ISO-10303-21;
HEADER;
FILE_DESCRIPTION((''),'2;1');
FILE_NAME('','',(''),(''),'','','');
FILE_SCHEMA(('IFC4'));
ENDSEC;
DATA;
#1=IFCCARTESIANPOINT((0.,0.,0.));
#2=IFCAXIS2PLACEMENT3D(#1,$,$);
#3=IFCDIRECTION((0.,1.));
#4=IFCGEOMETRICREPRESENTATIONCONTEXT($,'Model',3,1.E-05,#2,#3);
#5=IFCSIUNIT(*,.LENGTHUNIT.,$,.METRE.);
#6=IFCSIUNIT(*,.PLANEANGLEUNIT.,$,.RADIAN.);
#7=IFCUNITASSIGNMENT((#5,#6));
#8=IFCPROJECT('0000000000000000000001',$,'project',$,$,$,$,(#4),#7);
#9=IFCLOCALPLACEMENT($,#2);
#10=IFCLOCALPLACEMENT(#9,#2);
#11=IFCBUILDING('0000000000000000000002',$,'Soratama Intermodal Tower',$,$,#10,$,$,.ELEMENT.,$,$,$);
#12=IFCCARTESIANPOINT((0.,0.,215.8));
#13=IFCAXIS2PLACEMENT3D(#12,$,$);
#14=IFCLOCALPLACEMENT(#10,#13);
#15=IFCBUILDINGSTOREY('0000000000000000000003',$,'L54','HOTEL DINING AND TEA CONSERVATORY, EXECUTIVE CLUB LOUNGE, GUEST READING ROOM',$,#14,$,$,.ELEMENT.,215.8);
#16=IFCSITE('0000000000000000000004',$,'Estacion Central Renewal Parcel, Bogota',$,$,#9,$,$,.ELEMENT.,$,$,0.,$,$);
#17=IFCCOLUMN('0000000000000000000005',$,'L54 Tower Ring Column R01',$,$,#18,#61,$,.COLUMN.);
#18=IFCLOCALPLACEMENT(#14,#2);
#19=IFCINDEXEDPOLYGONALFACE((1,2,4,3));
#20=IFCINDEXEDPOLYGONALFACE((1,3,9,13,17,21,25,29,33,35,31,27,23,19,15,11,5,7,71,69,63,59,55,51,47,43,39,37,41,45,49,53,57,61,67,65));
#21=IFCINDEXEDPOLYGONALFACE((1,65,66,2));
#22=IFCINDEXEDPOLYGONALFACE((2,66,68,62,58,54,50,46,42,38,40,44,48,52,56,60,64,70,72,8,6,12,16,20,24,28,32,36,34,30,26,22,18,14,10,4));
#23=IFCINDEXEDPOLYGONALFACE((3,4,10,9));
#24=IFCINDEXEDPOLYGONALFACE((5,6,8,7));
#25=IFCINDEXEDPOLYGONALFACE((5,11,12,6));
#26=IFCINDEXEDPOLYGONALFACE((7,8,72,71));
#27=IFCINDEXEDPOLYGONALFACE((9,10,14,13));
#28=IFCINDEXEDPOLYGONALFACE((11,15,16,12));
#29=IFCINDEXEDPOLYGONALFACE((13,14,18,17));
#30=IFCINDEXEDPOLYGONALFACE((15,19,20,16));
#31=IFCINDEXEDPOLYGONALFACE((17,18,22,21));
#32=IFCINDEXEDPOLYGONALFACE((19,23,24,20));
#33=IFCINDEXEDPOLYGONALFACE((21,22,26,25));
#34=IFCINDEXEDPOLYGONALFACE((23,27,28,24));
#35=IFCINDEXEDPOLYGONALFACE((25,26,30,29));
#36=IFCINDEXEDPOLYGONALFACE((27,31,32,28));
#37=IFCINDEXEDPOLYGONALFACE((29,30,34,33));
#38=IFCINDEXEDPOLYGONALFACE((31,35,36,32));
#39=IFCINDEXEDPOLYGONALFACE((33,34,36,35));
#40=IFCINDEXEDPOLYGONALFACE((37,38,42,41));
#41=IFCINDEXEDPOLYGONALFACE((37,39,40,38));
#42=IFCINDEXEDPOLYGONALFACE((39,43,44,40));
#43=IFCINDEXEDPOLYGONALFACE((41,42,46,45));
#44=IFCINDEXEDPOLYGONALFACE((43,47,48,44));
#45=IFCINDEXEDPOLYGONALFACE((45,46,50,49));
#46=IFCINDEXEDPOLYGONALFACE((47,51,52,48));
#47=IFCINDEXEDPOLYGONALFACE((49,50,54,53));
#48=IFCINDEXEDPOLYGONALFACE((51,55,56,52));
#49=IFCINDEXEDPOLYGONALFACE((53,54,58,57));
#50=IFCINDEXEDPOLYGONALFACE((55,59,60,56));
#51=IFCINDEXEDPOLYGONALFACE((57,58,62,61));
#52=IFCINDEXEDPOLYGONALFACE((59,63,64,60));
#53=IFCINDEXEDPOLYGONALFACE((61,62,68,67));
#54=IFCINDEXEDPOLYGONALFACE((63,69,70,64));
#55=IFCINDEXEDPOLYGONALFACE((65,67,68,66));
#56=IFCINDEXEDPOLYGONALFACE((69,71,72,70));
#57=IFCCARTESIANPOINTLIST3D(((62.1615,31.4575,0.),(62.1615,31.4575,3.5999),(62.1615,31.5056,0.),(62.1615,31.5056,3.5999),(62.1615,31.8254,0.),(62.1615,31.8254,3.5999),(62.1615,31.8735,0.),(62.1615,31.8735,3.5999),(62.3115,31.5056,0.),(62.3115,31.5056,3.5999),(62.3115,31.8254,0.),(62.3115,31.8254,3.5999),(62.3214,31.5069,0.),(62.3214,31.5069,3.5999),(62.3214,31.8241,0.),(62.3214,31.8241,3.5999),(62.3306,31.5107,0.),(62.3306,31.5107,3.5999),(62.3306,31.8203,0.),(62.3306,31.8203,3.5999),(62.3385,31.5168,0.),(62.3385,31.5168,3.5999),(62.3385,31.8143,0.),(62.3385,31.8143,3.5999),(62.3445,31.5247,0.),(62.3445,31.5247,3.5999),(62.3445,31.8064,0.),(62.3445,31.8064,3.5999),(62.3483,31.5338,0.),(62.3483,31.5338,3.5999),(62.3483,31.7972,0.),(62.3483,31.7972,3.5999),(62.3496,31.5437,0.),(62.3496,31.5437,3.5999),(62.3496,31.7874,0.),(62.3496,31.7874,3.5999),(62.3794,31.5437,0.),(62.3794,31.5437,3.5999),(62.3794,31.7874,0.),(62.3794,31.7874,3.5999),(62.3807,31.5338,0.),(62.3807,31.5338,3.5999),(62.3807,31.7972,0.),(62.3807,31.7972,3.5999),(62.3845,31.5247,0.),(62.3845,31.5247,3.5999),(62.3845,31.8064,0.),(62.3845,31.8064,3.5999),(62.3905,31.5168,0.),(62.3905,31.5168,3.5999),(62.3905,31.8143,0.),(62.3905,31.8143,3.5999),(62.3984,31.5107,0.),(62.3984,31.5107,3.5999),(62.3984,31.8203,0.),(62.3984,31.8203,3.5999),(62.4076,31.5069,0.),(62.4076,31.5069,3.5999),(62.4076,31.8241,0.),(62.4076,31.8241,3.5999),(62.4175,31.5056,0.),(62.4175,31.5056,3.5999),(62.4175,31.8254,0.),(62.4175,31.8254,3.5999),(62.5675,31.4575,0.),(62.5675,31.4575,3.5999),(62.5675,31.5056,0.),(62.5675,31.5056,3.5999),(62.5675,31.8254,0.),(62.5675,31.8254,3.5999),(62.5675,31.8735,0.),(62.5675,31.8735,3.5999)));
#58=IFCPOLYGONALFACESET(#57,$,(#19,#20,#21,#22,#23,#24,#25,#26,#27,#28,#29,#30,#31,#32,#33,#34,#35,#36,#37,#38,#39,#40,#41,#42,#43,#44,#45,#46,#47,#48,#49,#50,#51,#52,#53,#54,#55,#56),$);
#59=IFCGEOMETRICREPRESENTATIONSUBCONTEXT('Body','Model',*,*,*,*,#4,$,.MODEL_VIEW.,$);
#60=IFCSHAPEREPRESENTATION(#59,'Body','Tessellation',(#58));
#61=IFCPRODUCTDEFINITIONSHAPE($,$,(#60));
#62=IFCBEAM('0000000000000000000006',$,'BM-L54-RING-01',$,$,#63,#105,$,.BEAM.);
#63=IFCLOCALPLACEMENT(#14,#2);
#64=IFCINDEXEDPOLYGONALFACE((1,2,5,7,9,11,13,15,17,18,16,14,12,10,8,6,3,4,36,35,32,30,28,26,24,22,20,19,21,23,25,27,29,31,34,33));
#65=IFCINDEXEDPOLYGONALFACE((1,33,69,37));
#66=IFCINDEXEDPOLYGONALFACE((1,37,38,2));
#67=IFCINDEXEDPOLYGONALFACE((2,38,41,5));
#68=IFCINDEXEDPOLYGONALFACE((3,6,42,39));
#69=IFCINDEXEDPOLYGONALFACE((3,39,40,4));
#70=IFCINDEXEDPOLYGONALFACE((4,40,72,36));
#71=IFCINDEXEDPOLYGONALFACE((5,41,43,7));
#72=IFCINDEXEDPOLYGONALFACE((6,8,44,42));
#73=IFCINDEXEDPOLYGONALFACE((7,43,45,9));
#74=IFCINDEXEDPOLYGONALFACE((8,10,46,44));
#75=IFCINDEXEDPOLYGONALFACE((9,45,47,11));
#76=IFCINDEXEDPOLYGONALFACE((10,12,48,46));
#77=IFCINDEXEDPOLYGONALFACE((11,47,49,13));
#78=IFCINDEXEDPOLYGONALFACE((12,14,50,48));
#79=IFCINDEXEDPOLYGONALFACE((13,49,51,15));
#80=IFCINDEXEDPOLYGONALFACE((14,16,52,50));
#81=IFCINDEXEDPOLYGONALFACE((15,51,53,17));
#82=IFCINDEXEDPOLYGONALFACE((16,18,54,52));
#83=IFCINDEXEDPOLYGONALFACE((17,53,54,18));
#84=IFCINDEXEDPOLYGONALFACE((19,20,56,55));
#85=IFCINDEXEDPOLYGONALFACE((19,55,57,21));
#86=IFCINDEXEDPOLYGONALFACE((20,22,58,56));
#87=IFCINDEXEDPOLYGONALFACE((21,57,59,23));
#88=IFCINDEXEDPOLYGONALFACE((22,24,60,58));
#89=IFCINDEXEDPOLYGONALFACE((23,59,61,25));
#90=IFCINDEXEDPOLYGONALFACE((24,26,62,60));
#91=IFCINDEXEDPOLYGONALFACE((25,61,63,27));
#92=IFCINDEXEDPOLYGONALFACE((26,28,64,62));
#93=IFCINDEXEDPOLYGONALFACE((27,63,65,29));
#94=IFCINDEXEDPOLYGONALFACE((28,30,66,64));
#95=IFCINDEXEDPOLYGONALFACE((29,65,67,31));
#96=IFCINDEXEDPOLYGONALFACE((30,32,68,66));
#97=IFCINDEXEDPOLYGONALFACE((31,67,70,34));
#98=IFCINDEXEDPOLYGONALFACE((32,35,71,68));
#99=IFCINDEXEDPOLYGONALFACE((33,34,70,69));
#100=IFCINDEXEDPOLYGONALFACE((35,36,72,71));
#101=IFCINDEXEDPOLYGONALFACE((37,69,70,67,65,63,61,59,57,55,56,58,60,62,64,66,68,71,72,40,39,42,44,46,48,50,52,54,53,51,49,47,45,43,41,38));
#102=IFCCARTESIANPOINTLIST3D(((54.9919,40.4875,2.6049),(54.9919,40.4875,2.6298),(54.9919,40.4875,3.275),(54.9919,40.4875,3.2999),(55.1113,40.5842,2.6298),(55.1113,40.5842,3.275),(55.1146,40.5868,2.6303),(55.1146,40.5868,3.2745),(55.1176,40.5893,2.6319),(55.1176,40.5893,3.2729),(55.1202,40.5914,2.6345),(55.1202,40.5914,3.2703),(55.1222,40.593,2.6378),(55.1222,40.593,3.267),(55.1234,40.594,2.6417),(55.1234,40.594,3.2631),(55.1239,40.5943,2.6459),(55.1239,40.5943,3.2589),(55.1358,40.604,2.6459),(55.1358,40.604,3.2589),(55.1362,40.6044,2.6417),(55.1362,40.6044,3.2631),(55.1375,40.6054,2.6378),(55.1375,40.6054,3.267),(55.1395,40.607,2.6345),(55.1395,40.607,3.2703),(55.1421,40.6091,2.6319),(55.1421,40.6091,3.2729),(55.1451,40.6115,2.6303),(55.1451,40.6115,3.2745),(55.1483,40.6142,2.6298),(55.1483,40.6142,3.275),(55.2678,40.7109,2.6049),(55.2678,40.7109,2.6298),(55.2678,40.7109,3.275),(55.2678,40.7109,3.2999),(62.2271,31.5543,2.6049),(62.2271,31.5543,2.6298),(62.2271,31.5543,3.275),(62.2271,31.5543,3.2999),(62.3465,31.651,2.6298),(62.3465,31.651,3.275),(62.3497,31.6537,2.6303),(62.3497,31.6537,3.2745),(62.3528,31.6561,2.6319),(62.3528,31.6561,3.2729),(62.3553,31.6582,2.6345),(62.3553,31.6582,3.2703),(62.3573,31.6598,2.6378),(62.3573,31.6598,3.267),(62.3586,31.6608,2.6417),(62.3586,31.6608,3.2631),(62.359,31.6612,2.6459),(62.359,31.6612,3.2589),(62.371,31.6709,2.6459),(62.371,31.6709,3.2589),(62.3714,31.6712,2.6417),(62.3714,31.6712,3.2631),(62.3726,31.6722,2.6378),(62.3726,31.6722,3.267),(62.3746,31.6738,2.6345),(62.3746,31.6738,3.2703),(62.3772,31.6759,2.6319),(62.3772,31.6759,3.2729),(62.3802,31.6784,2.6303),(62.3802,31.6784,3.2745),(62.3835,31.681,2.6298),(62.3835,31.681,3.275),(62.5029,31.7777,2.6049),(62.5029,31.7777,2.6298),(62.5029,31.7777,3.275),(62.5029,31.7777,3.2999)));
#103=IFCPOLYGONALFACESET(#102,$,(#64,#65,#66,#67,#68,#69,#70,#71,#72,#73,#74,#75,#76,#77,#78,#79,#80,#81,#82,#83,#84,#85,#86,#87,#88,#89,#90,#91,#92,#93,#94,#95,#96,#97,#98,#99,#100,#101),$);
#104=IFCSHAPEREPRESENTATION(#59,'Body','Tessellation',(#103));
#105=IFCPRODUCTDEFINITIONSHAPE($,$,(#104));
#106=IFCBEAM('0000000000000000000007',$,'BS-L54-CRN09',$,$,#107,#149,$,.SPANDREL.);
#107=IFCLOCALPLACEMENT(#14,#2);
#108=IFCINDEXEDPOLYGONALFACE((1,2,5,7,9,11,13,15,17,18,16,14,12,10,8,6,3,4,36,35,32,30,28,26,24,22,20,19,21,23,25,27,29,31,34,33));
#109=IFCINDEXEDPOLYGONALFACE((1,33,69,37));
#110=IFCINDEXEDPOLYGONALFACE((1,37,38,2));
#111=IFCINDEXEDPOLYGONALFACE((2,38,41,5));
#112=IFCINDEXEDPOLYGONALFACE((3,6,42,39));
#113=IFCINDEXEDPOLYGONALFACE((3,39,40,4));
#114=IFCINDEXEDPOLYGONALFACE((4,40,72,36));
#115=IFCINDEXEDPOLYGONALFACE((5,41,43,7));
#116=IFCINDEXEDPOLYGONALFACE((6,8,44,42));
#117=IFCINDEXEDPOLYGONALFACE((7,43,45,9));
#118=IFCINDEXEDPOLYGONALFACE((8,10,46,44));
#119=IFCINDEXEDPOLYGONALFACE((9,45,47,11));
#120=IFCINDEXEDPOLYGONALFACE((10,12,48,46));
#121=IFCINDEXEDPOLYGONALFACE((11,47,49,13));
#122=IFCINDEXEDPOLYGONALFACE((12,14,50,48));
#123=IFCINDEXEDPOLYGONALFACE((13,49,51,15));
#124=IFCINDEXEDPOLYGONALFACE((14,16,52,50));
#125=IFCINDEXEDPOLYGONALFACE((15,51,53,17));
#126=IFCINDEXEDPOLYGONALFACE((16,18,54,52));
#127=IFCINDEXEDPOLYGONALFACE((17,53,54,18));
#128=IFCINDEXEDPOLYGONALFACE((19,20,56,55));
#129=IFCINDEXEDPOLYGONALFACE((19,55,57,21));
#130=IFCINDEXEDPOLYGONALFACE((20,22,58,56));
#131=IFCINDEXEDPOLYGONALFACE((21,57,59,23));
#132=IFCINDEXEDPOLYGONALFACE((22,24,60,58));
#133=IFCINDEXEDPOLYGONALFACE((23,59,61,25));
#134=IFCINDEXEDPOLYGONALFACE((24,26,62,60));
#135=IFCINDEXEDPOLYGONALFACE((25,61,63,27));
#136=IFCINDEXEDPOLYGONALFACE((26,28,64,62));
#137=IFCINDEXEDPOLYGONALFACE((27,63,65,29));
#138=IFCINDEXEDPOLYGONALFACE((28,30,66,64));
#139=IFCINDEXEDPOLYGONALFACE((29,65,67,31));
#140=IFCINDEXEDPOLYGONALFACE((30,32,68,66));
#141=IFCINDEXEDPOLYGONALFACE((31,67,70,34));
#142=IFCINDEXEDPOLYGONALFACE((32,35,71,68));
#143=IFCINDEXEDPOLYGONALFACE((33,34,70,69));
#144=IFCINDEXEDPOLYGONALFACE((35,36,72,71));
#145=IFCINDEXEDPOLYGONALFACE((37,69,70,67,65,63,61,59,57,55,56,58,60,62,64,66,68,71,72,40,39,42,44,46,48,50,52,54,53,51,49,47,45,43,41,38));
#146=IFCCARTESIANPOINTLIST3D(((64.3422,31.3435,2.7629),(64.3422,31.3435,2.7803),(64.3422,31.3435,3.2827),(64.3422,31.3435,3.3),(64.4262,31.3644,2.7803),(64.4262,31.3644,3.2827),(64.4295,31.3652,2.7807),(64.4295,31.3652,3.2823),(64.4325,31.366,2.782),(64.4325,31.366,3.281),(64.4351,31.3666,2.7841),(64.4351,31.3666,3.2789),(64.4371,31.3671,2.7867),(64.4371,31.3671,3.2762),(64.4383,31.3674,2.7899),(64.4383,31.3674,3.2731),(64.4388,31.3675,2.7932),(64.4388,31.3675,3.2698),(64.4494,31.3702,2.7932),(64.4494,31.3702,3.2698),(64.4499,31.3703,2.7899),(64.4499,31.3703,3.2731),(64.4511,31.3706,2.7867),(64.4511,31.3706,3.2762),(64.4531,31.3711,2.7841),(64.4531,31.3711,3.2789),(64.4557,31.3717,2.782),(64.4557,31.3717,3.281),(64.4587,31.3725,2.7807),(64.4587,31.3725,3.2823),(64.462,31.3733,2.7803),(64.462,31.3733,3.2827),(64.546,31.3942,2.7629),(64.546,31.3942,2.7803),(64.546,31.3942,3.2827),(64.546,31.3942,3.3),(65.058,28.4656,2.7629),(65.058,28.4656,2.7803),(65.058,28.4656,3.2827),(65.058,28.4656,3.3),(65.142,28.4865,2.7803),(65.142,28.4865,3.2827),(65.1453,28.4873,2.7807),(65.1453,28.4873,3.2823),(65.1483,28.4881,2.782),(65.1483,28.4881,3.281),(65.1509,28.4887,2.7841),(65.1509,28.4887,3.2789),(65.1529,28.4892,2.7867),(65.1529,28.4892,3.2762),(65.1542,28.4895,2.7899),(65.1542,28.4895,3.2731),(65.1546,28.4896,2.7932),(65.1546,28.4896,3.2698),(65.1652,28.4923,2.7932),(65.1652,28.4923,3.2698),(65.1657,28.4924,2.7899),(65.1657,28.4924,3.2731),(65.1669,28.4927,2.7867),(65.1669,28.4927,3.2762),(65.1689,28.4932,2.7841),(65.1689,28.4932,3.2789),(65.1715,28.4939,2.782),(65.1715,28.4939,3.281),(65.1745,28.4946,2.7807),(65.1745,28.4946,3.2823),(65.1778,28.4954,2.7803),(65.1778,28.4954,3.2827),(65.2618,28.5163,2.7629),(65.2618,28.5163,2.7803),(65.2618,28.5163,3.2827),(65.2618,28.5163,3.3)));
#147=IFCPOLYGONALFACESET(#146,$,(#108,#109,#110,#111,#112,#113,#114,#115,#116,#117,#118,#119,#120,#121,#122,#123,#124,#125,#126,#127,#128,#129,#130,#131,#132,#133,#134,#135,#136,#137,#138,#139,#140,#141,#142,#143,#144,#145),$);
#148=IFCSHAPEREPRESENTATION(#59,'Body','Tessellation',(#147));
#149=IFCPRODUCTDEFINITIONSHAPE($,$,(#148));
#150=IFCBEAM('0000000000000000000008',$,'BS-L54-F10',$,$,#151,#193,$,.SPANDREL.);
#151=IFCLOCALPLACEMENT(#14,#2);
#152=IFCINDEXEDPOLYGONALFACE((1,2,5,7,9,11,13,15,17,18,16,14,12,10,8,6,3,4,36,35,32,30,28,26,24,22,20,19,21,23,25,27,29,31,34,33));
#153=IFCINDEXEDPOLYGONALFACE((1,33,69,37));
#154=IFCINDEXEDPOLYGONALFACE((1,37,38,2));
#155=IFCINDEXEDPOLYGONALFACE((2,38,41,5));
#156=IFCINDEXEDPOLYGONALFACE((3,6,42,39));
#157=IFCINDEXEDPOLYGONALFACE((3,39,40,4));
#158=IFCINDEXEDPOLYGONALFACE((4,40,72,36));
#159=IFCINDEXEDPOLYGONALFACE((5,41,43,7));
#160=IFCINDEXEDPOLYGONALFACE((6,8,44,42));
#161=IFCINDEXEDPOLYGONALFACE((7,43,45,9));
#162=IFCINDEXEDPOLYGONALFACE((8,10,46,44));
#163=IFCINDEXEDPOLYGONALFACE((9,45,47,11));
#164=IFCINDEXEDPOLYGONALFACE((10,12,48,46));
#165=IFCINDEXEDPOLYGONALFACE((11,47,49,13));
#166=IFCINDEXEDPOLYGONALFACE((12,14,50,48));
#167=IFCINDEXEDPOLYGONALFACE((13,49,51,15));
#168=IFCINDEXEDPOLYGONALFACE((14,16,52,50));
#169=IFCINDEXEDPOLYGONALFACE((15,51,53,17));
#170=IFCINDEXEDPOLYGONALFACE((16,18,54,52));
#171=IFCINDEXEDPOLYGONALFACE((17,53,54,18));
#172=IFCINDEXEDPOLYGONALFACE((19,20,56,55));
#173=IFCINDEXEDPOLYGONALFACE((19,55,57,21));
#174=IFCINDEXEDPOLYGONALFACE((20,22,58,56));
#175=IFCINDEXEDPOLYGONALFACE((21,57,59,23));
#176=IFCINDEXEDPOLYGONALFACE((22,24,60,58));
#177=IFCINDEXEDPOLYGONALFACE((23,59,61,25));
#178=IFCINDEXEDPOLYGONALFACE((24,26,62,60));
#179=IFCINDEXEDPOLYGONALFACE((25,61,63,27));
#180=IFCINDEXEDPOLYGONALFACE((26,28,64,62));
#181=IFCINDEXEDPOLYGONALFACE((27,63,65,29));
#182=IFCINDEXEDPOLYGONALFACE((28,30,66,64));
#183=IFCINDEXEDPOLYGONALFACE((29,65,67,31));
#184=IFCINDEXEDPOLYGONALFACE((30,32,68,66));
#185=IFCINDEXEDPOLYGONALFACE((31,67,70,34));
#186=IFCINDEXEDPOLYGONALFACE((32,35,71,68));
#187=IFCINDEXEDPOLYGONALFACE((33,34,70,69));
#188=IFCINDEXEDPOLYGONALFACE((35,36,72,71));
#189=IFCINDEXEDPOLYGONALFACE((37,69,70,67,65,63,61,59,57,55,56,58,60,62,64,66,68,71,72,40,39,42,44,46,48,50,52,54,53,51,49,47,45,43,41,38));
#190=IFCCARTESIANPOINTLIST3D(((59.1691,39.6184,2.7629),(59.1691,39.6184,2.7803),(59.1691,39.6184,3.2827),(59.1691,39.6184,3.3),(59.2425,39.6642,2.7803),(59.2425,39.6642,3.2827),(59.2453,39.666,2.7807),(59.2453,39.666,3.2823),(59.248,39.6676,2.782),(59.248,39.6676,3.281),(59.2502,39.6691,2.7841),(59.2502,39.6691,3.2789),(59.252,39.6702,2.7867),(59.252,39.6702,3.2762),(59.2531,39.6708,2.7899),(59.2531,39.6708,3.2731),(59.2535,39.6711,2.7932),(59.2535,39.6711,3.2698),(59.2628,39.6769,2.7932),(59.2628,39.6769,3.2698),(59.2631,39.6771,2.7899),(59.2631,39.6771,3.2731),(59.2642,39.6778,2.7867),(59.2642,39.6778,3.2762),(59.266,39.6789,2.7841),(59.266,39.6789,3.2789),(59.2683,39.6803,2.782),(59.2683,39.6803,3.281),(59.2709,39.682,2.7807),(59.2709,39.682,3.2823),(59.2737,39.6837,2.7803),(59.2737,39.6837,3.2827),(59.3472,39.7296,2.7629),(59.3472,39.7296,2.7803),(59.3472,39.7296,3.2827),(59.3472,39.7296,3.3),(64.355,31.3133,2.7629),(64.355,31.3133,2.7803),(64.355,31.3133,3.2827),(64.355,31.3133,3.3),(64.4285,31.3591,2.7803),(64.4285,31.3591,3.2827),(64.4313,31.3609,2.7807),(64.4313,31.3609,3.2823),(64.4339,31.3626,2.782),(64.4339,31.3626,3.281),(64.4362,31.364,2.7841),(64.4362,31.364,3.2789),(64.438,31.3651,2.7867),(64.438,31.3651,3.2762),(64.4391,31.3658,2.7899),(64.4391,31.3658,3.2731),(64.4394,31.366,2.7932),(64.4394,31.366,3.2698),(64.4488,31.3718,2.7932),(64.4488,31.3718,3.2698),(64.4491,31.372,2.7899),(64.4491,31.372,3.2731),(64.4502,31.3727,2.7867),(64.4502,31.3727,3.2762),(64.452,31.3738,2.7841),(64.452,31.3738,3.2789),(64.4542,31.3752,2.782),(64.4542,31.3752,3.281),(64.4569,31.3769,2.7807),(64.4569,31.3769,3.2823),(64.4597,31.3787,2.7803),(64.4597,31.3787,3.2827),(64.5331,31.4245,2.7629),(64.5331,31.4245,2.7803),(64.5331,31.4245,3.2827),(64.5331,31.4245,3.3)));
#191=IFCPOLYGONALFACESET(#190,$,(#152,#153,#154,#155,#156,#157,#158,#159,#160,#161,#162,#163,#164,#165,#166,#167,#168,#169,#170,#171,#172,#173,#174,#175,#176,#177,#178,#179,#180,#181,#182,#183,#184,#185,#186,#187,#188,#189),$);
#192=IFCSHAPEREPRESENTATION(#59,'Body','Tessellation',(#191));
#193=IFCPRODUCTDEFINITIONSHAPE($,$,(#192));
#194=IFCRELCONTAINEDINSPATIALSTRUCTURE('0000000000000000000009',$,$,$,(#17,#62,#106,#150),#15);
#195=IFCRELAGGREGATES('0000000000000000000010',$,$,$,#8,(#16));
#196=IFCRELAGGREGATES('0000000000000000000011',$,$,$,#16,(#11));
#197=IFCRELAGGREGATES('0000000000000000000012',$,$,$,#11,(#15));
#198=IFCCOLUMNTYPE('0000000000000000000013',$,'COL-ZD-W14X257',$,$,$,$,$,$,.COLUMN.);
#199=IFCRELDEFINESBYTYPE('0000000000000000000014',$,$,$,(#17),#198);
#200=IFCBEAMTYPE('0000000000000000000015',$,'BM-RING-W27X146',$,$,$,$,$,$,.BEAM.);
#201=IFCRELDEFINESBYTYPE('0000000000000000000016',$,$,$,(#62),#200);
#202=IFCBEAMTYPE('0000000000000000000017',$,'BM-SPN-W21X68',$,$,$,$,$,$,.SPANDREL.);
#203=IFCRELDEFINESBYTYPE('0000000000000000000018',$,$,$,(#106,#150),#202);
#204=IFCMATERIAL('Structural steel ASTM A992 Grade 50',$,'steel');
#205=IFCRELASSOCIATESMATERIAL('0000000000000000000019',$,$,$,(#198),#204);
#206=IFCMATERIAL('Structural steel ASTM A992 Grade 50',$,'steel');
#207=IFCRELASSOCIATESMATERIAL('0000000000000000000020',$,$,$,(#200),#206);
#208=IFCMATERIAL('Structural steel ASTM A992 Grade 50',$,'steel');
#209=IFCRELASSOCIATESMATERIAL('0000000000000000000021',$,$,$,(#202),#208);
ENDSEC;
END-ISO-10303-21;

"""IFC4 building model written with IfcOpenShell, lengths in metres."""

from ifc_helpers import new_model, si_unit, direction, frame, origin, origin_2d, place, context, subcontext, project, spatial, i_section, extrude, material, material_profile, profile_set, type_object, element, save


model = new_model("IFC4")

# Units and contexts
model_context = context("Model", 3, precision=1e-05, world=origin(), true_north=direction((0.0, 1.0)))
body_context = subcontext(model_context, "Body", "Model", "MODEL_VIEW")
ifc_project = project(units=[si_unit("LENGTHUNIT", "METRE"), si_unit("PLANEANGLEUNIT", "RADIAN")], contexts=[model_context])

# Site, building, storey
site_placement = place(None, origin())
site = spatial("IfcSite", under=ifc_project, at=site_placement, Name="Estacion Central Renewal Parcel, Bogota", CompositionType="ELEMENT", RefElevation=0.0)
building_placement = place(site_placement, origin())
building = spatial("IfcBuilding", under=site, at=building_placement, Name="Soratama Intermodal Tower", CompositionType="ELEMENT")
storey_placement = place(building_placement, frame((0.0, 0.0, 215.8)))
storey = spatial("IfcBuildingStorey", under=building, at=storey_placement, Name="L54", Description="HOTEL DINING AND TEA CONSERVATORY, EXECUTIVE CLUB LOUNGE, GUEST READING ROOM", CompositionType="ELEMENT", Elevation=215.8)

# Column
ifc_material_1 = material(Name="Structural steel ASTM A992 Grade 50", Category="steel")
ifc_material_profile_1 = material_profile(ifc_material_1, i_section(OverallWidth=0.406, OverallDepth=0.416, WebThickness=0.0298, FlangeThickness=0.0481, FilletRadius=0.0381, at=origin_2d()), Name="W14X257")
ifc_profile_set_1 = profile_set([ifc_material_profile_1], Name="Structural steel ASTM A992 Grade 50")
column_type = type_object("IfcColumnType", Name="COL-ZD-W14X257", PredefinedType="COLUMN", material=ifc_profile_set_1)
column_placement = place(storey_placement, frame((62.3645, 31.6655, 0.0), z_axis=(0.0, 0.0, 1.0), x_axis=(1.0, 0.0, 0.0)))
element("IfcColumn", 1, at=column_placement, inside=storey, type_object=column_type, Name="L54 Tower Ring Column R01", PredefinedType="COLUMN", context=body_context, shape_type="SweptSolid", body=[
    extrude(i_section(OverallWidth=0.406, OverallDepth=0.416, WebThickness=0.0298, FlangeThickness=0.0481, FilletRadius=0.0381, at=origin_2d()), origin(), (0.0, 0.0, 1.0), 3.5999),
])

# Beams
ifc_material_2 = material(Name="Structural steel ASTM A992 Grade 50", Category="steel")
ifc_material_profile_2 = material_profile(ifc_material_2, i_section(OverallWidth=0.355, OverallDepth=0.6951, WebThickness=0.0154, FlangeThickness=0.0249, FilletRadius=0.0161, at=origin_2d()), Name="W27X146")
ifc_profile_set_2 = profile_set([ifc_material_profile_2], Name="Structural steel ASTM A992 Grade 50")
beam_type_1 = type_object("IfcBeamType", Name="BM-RING-W27X146", PredefinedType="BEAM", material=ifc_profile_set_2)
beam_1_placement = place(storey_placement, frame((62.365, 31.666, 2.9524), z_axis=(-0.629385, 0.777094, 0.0), x_axis=(-0.777094, -0.629385, 0.0)))
element("IfcBeam", 2, at=beam_1_placement, inside=storey, type_object=beam_type_1, Name="BM-L54-RING-01", PredefinedType="BEAM", context=body_context, shape_type="SweptSolid", body=[
    extrude(i_section(OverallWidth=0.355, OverallDepth=0.6951, WebThickness=0.0154, FlangeThickness=0.0249, FilletRadius=0.0161, at=origin_2d()), origin(), (0.0, 0.0, 1.0), 11.4956),
])
ifc_material_3 = material(Name="Structural steel ASTM A992 Grade 50", Category="steel")
ifc_material_profile_3 = material_profile(ifc_material_3, i_section(OverallWidth=0.21, OverallDepth=0.5371, WebThickness=0.011, FlangeThickness=0.0173, FilletRadius=0.0129, at=origin_2d()), Name="W21X68")
ifc_profile_set_3 = profile_set([ifc_material_profile_3], Name="Structural steel ASTM A992 Grade 50")
beam_type_2 = type_object("IfcBeamType", Name="BM-SPN-W21X68", PredefinedType="SPANDREL", material=ifc_profile_set_3)
beam_2_placement = place(storey_placement, frame((65.1599, 28.491, 3.0315), z_axis=(-0.241373, 0.970432, 0.0), x_axis=(-0.970432, -0.241373, 0.0)))
element("IfcBeam", 3, at=beam_2_placement, inside=storey, type_object=beam_type_2, Name="BS-L54-CRN09", PredefinedType="SPANDREL", context=body_context, shape_type="SweptSolid", body=[
    extrude(i_section(OverallWidth=0.21, OverallDepth=0.5371, WebThickness=0.011, FlangeThickness=0.0173, FilletRadius=0.0129, at=origin_2d()), origin(), (0.0, 0.0, 1.0), 2.9656),
])
beam_3_placement = place(storey_placement, frame((64.4441, 31.3689, 3.0315), z_axis=(-0.529654, 0.848214, 0.0), x_axis=(-0.848214, -0.529654, 0.0)))
element("IfcBeam", 4, at=beam_3_placement, inside=storey, type_object=beam_type_2, Name="BS-L54-F10", PredefinedType="SPANDREL", context=body_context, shape_type="SweptSolid", body=[
    extrude(i_section(OverallWidth=0.21, OverallDepth=0.5371, WebThickness=0.011, FlangeThickness=0.0173, FilletRadius=0.0129, at=origin_2d()), origin(), (0.0, 0.0, 1.0), 9.7913),
])

save(model, "model.ifc")
